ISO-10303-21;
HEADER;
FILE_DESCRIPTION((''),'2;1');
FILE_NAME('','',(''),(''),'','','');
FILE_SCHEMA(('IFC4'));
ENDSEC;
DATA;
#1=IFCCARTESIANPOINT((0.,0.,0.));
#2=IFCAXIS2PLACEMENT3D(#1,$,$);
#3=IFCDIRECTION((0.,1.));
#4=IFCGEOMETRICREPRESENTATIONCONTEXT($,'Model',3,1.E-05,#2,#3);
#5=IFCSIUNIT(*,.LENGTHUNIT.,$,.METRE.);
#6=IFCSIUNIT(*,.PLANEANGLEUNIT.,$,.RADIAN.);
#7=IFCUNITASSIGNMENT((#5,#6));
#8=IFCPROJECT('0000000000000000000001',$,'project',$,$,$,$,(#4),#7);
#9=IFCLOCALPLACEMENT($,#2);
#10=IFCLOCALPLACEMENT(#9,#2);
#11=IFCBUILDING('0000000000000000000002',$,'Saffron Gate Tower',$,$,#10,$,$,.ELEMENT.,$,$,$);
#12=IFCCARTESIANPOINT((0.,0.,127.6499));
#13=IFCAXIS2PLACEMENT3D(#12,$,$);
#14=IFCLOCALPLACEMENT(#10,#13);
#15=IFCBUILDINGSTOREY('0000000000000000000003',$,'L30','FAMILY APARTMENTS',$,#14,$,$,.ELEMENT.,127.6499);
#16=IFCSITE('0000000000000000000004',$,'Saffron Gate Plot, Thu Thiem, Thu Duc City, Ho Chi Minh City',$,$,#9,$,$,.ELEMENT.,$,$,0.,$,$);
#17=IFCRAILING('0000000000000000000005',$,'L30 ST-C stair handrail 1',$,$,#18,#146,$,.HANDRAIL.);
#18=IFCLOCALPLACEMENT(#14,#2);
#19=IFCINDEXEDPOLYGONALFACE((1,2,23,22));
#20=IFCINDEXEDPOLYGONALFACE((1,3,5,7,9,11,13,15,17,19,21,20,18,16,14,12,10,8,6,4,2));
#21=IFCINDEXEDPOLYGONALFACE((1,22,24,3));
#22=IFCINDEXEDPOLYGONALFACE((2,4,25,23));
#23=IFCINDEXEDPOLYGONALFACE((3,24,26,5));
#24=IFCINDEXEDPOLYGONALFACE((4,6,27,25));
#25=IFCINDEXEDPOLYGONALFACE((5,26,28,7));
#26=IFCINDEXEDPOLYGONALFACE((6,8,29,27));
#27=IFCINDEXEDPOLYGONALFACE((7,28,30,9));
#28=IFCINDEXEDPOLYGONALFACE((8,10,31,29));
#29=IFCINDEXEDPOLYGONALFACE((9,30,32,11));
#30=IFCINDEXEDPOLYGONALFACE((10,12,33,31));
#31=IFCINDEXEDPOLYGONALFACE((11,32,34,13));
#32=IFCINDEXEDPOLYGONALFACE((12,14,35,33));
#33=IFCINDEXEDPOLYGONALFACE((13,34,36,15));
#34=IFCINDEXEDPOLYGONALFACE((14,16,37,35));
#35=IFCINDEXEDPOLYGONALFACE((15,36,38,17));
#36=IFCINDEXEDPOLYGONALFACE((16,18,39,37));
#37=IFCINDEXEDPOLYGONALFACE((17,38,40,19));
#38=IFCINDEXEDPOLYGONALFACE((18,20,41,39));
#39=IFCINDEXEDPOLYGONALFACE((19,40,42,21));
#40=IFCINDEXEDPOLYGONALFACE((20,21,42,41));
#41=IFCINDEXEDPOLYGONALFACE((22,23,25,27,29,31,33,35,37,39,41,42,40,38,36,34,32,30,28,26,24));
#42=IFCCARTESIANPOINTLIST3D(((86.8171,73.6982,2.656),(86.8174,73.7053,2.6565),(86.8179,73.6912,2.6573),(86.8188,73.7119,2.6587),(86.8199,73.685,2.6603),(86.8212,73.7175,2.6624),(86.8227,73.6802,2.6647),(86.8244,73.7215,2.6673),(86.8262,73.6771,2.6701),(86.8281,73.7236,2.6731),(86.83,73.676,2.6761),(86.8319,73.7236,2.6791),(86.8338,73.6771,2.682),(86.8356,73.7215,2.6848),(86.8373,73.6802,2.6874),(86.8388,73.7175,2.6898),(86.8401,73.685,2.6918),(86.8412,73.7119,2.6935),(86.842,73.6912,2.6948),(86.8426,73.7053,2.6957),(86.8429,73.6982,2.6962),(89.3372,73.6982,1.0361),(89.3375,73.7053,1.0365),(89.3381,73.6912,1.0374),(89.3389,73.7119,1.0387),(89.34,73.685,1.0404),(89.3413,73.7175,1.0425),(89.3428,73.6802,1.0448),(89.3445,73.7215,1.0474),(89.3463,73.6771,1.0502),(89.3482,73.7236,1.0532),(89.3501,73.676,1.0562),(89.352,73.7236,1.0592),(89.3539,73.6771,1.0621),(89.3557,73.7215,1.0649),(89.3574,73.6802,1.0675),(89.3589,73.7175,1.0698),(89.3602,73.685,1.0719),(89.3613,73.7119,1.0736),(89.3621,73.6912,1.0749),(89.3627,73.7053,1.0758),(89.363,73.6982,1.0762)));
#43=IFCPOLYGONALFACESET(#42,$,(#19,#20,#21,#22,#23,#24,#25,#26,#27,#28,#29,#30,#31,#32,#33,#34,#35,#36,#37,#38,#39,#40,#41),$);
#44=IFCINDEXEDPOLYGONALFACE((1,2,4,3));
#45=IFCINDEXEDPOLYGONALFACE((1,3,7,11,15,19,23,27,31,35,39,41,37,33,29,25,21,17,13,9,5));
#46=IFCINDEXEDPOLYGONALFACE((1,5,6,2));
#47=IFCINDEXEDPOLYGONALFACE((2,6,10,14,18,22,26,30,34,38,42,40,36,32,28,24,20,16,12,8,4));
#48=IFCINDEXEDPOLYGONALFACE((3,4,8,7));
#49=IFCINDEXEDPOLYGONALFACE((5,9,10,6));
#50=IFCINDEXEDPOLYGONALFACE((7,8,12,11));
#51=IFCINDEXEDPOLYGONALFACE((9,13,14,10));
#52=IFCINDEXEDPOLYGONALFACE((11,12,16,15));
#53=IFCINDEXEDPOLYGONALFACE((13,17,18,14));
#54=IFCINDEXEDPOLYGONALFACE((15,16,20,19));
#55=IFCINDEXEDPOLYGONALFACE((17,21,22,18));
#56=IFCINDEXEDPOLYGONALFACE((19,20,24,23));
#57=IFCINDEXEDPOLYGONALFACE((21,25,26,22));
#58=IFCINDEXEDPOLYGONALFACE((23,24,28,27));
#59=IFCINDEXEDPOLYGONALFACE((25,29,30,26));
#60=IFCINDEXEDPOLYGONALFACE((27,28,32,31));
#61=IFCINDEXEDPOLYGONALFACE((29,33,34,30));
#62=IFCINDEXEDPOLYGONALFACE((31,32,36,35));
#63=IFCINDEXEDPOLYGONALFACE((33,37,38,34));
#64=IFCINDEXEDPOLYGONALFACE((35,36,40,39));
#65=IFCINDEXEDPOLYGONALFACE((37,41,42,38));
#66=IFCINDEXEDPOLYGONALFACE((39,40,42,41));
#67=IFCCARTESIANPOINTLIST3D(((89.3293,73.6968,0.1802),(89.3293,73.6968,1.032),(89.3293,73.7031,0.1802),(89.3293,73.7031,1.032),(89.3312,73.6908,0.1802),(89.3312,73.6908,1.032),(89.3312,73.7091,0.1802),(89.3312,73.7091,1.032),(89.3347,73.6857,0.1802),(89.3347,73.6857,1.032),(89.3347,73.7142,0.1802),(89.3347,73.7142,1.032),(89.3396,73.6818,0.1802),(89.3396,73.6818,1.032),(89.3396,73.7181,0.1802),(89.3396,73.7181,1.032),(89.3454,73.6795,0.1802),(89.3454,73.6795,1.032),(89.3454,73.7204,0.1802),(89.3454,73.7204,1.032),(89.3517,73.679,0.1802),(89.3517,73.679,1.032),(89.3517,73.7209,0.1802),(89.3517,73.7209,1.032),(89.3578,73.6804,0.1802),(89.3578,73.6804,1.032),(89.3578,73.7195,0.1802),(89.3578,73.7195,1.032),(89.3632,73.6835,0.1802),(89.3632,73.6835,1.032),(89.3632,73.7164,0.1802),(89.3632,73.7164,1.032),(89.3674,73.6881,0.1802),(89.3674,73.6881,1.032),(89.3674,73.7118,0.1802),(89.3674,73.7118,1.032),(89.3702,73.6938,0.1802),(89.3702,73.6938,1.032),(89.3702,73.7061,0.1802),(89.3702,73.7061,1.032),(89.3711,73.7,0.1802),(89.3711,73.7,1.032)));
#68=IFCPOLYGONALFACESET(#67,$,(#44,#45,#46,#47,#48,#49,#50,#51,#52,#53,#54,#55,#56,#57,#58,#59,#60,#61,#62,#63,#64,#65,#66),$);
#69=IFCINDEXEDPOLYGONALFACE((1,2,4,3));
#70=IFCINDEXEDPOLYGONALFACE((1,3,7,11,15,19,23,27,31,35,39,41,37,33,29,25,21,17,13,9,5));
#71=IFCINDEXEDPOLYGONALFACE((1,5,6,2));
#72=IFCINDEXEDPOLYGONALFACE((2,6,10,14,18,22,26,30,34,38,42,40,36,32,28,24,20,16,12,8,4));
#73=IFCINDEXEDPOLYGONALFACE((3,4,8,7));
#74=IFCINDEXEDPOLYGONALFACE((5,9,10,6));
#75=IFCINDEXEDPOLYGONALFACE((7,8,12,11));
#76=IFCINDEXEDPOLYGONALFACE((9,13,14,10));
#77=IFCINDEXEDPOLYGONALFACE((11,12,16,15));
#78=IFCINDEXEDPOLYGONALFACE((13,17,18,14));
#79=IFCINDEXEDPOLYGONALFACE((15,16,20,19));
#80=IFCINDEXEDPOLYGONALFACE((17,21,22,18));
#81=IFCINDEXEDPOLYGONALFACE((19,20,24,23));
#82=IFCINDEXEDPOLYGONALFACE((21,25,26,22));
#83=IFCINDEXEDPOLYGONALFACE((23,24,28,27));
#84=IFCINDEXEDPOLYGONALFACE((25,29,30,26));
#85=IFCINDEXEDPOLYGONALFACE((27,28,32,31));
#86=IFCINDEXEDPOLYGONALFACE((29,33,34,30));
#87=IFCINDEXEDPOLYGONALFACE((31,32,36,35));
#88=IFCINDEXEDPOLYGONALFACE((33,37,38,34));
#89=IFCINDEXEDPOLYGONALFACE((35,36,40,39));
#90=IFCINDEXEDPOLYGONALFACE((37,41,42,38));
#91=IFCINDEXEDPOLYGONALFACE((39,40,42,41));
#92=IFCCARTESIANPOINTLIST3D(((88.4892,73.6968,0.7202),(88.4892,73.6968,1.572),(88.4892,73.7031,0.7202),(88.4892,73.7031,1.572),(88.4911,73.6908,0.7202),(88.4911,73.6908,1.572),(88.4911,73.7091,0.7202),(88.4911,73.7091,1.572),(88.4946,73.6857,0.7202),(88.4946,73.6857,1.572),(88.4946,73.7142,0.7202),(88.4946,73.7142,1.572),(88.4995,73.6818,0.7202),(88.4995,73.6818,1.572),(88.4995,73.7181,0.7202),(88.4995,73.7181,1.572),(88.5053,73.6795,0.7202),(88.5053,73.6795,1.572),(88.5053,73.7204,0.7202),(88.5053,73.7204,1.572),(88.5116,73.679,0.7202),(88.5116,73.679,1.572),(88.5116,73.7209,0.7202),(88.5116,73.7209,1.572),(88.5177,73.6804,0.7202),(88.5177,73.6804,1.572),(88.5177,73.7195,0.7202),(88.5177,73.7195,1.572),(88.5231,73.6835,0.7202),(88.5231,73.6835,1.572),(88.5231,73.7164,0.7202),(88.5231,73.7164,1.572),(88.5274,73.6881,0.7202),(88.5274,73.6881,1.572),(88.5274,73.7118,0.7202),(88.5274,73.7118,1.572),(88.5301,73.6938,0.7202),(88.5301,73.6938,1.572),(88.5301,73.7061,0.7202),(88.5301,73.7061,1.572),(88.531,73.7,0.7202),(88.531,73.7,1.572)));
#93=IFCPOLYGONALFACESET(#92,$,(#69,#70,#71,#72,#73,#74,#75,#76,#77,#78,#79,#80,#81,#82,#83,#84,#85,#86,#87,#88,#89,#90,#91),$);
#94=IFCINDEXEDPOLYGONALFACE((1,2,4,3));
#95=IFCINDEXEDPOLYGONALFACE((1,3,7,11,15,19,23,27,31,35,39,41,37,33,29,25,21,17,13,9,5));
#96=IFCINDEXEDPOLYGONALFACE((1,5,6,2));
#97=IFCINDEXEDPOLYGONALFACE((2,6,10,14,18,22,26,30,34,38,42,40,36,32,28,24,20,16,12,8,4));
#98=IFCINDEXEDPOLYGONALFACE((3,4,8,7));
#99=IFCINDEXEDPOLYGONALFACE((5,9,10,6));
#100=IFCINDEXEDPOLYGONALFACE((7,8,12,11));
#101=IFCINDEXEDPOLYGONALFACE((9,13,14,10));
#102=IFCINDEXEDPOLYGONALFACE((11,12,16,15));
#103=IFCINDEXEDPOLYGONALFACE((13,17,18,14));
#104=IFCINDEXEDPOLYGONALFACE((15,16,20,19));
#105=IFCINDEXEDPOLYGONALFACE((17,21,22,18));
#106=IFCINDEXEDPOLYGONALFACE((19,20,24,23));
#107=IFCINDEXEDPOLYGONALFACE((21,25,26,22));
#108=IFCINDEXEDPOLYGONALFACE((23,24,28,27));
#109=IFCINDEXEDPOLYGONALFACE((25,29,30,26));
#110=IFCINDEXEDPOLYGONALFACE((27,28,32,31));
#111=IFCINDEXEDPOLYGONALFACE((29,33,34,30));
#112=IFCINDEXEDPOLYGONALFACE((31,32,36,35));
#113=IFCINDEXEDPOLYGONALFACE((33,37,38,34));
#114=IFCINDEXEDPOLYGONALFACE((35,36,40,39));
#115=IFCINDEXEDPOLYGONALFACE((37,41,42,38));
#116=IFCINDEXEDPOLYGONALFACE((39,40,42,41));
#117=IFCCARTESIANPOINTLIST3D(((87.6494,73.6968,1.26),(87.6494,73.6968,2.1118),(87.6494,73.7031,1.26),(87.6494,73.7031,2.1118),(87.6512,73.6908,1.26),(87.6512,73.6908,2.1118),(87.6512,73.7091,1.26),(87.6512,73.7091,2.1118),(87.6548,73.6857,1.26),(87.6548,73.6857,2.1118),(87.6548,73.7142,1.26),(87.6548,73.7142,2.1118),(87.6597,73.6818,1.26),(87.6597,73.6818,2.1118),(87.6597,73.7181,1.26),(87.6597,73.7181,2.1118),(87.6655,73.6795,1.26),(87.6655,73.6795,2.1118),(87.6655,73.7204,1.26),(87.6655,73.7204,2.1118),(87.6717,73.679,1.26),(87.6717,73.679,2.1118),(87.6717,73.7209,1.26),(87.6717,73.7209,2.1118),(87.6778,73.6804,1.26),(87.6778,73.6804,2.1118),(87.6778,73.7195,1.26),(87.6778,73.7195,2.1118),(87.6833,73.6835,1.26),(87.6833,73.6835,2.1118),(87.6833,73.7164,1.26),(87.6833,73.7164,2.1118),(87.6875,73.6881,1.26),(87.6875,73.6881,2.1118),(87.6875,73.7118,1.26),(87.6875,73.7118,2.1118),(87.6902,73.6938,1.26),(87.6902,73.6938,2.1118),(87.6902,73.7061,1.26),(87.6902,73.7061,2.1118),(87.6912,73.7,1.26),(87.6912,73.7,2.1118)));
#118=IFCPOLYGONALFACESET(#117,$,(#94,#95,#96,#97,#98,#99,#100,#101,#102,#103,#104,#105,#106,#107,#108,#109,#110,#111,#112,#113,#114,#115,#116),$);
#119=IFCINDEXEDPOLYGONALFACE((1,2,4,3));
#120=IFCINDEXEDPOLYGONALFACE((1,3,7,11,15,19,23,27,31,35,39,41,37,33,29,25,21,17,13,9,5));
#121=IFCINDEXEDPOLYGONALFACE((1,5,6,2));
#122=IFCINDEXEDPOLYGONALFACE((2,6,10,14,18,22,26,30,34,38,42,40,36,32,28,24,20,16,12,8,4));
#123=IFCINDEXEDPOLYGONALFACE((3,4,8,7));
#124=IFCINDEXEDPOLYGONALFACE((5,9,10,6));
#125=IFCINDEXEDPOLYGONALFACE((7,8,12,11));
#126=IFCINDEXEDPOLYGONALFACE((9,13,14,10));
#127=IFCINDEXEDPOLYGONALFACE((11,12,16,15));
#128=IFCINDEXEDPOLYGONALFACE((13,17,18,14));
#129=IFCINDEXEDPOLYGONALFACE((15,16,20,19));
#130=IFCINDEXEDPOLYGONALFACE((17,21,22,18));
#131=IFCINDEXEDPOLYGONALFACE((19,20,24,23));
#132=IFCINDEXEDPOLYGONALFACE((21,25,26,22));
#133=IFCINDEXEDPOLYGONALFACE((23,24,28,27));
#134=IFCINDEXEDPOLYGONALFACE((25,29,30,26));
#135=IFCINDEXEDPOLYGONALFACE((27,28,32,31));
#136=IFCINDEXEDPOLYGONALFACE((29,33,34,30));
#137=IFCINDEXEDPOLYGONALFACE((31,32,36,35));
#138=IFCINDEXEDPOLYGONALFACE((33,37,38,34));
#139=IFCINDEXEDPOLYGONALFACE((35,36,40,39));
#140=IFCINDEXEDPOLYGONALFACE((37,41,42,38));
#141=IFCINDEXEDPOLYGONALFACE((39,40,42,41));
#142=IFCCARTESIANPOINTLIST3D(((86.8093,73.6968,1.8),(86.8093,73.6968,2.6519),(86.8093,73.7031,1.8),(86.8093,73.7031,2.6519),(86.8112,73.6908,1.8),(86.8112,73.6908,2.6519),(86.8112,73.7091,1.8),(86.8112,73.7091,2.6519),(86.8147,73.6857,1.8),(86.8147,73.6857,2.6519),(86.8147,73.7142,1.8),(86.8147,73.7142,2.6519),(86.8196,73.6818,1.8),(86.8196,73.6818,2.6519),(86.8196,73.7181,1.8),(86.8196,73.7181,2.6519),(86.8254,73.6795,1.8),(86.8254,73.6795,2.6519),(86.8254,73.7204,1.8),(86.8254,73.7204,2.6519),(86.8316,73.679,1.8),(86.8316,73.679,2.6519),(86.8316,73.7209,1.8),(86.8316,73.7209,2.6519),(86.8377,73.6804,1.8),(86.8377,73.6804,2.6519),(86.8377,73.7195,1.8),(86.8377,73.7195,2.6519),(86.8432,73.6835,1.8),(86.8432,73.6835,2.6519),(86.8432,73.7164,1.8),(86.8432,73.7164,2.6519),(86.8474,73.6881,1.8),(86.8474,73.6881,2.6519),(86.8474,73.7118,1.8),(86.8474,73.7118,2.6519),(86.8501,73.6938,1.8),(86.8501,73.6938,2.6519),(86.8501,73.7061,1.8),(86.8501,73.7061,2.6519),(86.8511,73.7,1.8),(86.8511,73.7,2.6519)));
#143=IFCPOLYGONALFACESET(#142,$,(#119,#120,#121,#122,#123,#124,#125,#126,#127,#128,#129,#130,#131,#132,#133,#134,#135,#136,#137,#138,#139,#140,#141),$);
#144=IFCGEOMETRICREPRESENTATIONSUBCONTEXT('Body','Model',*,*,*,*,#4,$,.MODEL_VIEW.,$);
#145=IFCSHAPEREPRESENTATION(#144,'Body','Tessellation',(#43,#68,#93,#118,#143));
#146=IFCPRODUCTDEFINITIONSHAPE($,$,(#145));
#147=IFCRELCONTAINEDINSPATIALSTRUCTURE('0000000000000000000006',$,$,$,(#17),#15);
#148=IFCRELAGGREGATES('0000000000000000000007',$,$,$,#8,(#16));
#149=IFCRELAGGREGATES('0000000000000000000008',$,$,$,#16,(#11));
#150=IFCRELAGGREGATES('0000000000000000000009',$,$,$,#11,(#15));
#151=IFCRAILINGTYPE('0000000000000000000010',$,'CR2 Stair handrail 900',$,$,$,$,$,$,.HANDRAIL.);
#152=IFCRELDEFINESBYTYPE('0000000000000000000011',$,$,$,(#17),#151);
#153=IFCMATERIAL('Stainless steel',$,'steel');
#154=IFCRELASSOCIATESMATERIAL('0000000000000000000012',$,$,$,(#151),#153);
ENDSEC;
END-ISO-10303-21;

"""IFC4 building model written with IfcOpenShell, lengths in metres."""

from ifc_helpers import new_model, si_unit, direction, frame, origin, origin_2d, place, context, subcontext, project, spatial, circle, extrude, material, type_object, element, save


model = new_model("IFC4")

# Units and contexts
model_context = context("Model", 3, precision=1e-05, world=origin(), true_north=direction((0.0, 1.0)))
body_context = subcontext(model_context, "Body", "Model", "MODEL_VIEW")
ifc_project = project(units=[si_unit("LENGTHUNIT", "METRE"), si_unit("PLANEANGLEUNIT", "RADIAN")], contexts=[model_context])

# Site, building, storey
site_placement = place(None, origin())
site = spatial("IfcSite", under=ifc_project, at=site_placement, Name="Saffron Gate Plot, Thu Thiem, Thu Duc City, Ho Chi Minh City", CompositionType="ELEMENT", RefElevation=0.0)
building_placement = place(site_placement, origin())
building = spatial("IfcBuilding", under=site, at=building_placement, Name="Saffron Gate Tower", CompositionType="ELEMENT")
storey_placement = place(building_placement, frame((0.0, 0.0, 127.6499)))
storey = spatial("IfcBuildingStorey", under=building, at=storey_placement, Name="L30", Description="FAMILY APARTMENTS", CompositionType="ELEMENT", Elevation=127.6499)

# Railing
ifc_material_1 = material(Name="Stainless steel", Category="steel")
railing_type_1 = type_object("IfcRailingType", Name="CR2 Stair handrail 900", PredefinedType="HANDRAIL", material=ifc_material_1)
railing_1_placement = place(storey_placement, frame((89.3501, 73.7, 0.1802)))
element("IfcRailing", 1, at=railing_1_placement, inside=storey, type_object=railing_type_1, Name="L30 ST-C stair handrail 1", PredefinedType="HANDRAIL", context=body_context, shape_type="SweptSolid", body=[
    extrude(circle(Radius=0.0239, at=origin_2d()), frame((0.0, 0.0, 0.876), z_axis=(-0.8412, 0.0, 0.540725), x_axis=(0.0, -1.0, 0.0)), (0.0, 0.0, 1.0), 2.9958),
    extrude(circle(Radius=0.021, at=origin_2d()), origin(), (0.0, 0.0, 1.0), 0.8518),
    extrude(circle(Radius=0.021, at=origin_2d()), frame((-0.8401, 0.0, 0.54)), (0.0, 0.0, 1.0), 0.8518),
    extrude(circle(Radius=0.021, at=origin_2d()), frame((-1.6799, 0.0, 1.0798)), (0.0, 0.0, 1.0), 0.8518),
    extrude(circle(Radius=0.021, at=origin_2d()), frame((-2.52, 0.0, 1.6199)), (0.0, 0.0, 1.0), 0.8518),
])

save(model, "model.ifc")
